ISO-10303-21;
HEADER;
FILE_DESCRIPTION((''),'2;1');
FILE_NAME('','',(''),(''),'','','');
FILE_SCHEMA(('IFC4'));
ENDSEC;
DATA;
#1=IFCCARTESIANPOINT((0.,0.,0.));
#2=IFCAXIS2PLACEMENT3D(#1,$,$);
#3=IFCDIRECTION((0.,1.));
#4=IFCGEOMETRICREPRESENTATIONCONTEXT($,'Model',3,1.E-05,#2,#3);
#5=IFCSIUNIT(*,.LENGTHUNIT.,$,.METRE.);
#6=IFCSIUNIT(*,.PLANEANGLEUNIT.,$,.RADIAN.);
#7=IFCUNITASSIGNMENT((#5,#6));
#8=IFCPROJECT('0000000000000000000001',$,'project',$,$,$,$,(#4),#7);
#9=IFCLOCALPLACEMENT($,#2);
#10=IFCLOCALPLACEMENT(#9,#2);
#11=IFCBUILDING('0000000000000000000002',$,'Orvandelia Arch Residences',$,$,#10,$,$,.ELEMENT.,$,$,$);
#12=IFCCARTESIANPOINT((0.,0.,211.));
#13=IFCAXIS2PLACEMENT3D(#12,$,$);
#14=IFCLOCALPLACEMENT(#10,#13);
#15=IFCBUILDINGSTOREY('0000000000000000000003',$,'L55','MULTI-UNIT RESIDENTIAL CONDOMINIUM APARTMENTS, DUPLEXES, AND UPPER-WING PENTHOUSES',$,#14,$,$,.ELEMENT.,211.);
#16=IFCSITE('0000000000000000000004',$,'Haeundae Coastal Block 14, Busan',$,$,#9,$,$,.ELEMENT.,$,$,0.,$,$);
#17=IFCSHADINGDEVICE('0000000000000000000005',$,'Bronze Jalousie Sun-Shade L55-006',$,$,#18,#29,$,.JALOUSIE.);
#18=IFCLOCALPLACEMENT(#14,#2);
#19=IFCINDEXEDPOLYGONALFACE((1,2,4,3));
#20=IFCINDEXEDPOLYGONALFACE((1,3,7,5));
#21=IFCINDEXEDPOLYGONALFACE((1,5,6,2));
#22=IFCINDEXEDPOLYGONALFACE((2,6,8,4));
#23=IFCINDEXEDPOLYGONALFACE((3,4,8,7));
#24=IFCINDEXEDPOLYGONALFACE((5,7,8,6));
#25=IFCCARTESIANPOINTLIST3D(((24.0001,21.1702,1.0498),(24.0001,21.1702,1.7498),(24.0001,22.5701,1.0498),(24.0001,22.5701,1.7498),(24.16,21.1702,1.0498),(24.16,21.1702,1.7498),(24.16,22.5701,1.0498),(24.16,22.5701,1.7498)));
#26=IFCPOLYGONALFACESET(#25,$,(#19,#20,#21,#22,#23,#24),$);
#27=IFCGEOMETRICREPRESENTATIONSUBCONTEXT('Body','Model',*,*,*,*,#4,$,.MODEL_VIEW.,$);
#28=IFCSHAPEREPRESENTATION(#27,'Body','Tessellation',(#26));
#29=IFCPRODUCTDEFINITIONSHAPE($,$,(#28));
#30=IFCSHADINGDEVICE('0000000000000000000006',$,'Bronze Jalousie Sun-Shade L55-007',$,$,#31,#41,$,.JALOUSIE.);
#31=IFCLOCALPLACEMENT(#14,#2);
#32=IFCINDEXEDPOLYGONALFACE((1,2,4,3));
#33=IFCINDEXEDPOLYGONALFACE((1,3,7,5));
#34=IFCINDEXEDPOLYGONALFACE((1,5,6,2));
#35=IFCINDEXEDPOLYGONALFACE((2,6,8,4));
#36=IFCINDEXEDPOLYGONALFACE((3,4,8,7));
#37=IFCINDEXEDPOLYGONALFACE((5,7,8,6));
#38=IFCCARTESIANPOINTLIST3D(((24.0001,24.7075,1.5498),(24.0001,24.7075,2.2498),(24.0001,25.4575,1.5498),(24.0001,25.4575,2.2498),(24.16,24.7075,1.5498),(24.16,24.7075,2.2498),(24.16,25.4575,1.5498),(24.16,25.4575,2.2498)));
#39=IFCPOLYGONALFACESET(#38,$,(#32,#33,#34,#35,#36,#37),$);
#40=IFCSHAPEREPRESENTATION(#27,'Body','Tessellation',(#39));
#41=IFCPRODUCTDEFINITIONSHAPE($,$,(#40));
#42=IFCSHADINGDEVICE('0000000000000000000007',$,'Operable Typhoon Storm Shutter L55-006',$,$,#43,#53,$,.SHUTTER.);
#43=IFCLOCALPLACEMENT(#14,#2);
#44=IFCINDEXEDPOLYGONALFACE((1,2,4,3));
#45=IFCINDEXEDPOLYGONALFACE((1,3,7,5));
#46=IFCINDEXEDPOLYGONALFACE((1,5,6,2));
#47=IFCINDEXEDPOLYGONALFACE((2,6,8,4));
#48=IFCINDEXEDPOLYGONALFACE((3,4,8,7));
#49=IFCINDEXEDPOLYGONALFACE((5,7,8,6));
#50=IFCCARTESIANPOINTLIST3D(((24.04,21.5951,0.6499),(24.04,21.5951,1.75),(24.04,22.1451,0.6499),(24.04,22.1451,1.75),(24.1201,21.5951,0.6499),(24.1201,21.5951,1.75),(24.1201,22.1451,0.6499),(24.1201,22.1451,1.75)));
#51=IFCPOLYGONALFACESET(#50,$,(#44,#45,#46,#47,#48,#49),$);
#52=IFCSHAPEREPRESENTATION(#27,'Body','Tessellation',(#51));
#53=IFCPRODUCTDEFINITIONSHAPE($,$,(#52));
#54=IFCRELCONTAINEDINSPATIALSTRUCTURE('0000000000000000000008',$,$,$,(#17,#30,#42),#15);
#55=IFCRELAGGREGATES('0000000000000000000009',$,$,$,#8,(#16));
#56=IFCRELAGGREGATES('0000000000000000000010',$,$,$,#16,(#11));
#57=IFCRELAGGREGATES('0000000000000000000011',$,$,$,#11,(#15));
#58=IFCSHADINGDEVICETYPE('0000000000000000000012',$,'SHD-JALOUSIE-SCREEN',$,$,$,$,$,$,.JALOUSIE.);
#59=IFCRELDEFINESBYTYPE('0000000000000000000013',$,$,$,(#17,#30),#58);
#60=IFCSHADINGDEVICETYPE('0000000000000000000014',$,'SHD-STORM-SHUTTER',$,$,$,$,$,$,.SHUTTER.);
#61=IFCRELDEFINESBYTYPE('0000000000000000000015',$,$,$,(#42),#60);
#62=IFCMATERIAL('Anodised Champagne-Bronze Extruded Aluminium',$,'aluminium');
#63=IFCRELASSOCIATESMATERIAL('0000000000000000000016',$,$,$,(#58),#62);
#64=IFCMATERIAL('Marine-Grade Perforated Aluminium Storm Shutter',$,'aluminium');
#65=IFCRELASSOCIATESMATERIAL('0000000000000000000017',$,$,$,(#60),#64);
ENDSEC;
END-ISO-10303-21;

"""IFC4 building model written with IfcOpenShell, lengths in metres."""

from ifc_helpers import new_model, si_unit, direction, frame, origin, origin_2d, place, context, subcontext, project, spatial, rectangle, extrude, material, type_object, element, save


model = new_model("IFC4")

# Units and contexts
model_context = context("Model", 3, precision=1e-05, world=origin(), true_north=direction((0.0, 1.0)))
body_context = subcontext(model_context, "Body", "Model", "MODEL_VIEW")
ifc_project = project(units=[si_unit("LENGTHUNIT", "METRE"), si_unit("PLANEANGLEUNIT", "RADIAN")], contexts=[model_context])

# Site, building, storey
site_placement = place(None, origin())
site = spatial("IfcSite", under=ifc_project, at=site_placement, Name="Haeundae Coastal Block 14, Busan", CompositionType="ELEMENT", RefElevation=0.0)
building_placement = place(site_placement, origin())
building = spatial("IfcBuilding", under=site, at=building_placement, Name="Orvandelia Arch Residences", CompositionType="ELEMENT")
storey_placement = place(building_placement, frame((0.0, 0.0, 211.0)))
storey = spatial("IfcBuildingStorey", under=building, at=storey_placement, Name="L55", Description="MULTI-UNIT RESIDENTIAL CONDOMINIUM APARTMENTS, DUPLEXES, AND UPPER-WING PENTHOUSES", CompositionType="ELEMENT", Elevation=211.0)

# Shading devices
ifc_material_1 = material(Name="Anodised Champagne-Bronze Extruded Aluminium", Category="aluminium")
shading_device_type_1 = type_object("IfcShadingDeviceType", Name="SHD-JALOUSIE-SCREEN", PredefinedType="JALOUSIE", material=ifc_material_1)
shading_device_1_placement = place(storey_placement, frame((24.0801, 21.8701, 1.0498), z_axis=(0.0, 0.0, 1.0), x_axis=(0.0, -1.0, 0.0)))
element("IfcShadingDevice", 1, at=shading_device_1_placement, inside=storey, type_object=shading_device_type_1, Name="Bronze Jalousie Sun-Shade L55-006", PredefinedType="JALOUSIE", context=body_context, shape_type="SweptSolid", body=[
    extrude(rectangle(XDim=1.3999, YDim=0.1599, at=origin_2d()), origin(), (0.0, 0.0, 1.0), 0.7),
])
shading_device_2_placement = place(storey_placement, frame((24.0801, 25.0825, 1.5498), z_axis=(0.0, 0.0, 1.0), x_axis=(0.0, -1.0, 0.0)))
element("IfcShadingDevice", 2, at=shading_device_2_placement, inside=storey, type_object=shading_device_type_1, Name="Bronze Jalousie Sun-Shade L55-007", PredefinedType="JALOUSIE", context=body_context, shape_type="SweptSolid", body=[
    extrude(rectangle(XDim=0.75, YDim=0.1599, at=origin_2d()), origin(), (0.0, 0.0, 1.0), 0.7),
])
ifc_material_2 = material(Name="Marine-Grade Perforated Aluminium Storm Shutter", Category="aluminium")
shading_device_type_2 = type_object("IfcShadingDeviceType", Name="SHD-STORM-SHUTTER", PredefinedType="SHUTTER", material=ifc_material_2)
shading_device_3_placement = place(storey_placement, frame((24.0801, 21.8701, 0.6499), z_axis=(0.0, 0.0, 1.0), x_axis=(0.0, -1.0, 0.0)))
element("IfcShadingDevice", 3, at=shading_device_3_placement, inside=storey, type_object=shading_device_type_2, Name="Operable Typhoon Storm Shutter L55-006", PredefinedType="SHUTTER", context=body_context, shape_type="SweptSolid", body=[
    extrude(rectangle(XDim=0.55, YDim=0.0801, at=origin_2d()), origin(), (0.0, 0.0, 1.0), 1.1001),
])

save(model, "model.ifc")
